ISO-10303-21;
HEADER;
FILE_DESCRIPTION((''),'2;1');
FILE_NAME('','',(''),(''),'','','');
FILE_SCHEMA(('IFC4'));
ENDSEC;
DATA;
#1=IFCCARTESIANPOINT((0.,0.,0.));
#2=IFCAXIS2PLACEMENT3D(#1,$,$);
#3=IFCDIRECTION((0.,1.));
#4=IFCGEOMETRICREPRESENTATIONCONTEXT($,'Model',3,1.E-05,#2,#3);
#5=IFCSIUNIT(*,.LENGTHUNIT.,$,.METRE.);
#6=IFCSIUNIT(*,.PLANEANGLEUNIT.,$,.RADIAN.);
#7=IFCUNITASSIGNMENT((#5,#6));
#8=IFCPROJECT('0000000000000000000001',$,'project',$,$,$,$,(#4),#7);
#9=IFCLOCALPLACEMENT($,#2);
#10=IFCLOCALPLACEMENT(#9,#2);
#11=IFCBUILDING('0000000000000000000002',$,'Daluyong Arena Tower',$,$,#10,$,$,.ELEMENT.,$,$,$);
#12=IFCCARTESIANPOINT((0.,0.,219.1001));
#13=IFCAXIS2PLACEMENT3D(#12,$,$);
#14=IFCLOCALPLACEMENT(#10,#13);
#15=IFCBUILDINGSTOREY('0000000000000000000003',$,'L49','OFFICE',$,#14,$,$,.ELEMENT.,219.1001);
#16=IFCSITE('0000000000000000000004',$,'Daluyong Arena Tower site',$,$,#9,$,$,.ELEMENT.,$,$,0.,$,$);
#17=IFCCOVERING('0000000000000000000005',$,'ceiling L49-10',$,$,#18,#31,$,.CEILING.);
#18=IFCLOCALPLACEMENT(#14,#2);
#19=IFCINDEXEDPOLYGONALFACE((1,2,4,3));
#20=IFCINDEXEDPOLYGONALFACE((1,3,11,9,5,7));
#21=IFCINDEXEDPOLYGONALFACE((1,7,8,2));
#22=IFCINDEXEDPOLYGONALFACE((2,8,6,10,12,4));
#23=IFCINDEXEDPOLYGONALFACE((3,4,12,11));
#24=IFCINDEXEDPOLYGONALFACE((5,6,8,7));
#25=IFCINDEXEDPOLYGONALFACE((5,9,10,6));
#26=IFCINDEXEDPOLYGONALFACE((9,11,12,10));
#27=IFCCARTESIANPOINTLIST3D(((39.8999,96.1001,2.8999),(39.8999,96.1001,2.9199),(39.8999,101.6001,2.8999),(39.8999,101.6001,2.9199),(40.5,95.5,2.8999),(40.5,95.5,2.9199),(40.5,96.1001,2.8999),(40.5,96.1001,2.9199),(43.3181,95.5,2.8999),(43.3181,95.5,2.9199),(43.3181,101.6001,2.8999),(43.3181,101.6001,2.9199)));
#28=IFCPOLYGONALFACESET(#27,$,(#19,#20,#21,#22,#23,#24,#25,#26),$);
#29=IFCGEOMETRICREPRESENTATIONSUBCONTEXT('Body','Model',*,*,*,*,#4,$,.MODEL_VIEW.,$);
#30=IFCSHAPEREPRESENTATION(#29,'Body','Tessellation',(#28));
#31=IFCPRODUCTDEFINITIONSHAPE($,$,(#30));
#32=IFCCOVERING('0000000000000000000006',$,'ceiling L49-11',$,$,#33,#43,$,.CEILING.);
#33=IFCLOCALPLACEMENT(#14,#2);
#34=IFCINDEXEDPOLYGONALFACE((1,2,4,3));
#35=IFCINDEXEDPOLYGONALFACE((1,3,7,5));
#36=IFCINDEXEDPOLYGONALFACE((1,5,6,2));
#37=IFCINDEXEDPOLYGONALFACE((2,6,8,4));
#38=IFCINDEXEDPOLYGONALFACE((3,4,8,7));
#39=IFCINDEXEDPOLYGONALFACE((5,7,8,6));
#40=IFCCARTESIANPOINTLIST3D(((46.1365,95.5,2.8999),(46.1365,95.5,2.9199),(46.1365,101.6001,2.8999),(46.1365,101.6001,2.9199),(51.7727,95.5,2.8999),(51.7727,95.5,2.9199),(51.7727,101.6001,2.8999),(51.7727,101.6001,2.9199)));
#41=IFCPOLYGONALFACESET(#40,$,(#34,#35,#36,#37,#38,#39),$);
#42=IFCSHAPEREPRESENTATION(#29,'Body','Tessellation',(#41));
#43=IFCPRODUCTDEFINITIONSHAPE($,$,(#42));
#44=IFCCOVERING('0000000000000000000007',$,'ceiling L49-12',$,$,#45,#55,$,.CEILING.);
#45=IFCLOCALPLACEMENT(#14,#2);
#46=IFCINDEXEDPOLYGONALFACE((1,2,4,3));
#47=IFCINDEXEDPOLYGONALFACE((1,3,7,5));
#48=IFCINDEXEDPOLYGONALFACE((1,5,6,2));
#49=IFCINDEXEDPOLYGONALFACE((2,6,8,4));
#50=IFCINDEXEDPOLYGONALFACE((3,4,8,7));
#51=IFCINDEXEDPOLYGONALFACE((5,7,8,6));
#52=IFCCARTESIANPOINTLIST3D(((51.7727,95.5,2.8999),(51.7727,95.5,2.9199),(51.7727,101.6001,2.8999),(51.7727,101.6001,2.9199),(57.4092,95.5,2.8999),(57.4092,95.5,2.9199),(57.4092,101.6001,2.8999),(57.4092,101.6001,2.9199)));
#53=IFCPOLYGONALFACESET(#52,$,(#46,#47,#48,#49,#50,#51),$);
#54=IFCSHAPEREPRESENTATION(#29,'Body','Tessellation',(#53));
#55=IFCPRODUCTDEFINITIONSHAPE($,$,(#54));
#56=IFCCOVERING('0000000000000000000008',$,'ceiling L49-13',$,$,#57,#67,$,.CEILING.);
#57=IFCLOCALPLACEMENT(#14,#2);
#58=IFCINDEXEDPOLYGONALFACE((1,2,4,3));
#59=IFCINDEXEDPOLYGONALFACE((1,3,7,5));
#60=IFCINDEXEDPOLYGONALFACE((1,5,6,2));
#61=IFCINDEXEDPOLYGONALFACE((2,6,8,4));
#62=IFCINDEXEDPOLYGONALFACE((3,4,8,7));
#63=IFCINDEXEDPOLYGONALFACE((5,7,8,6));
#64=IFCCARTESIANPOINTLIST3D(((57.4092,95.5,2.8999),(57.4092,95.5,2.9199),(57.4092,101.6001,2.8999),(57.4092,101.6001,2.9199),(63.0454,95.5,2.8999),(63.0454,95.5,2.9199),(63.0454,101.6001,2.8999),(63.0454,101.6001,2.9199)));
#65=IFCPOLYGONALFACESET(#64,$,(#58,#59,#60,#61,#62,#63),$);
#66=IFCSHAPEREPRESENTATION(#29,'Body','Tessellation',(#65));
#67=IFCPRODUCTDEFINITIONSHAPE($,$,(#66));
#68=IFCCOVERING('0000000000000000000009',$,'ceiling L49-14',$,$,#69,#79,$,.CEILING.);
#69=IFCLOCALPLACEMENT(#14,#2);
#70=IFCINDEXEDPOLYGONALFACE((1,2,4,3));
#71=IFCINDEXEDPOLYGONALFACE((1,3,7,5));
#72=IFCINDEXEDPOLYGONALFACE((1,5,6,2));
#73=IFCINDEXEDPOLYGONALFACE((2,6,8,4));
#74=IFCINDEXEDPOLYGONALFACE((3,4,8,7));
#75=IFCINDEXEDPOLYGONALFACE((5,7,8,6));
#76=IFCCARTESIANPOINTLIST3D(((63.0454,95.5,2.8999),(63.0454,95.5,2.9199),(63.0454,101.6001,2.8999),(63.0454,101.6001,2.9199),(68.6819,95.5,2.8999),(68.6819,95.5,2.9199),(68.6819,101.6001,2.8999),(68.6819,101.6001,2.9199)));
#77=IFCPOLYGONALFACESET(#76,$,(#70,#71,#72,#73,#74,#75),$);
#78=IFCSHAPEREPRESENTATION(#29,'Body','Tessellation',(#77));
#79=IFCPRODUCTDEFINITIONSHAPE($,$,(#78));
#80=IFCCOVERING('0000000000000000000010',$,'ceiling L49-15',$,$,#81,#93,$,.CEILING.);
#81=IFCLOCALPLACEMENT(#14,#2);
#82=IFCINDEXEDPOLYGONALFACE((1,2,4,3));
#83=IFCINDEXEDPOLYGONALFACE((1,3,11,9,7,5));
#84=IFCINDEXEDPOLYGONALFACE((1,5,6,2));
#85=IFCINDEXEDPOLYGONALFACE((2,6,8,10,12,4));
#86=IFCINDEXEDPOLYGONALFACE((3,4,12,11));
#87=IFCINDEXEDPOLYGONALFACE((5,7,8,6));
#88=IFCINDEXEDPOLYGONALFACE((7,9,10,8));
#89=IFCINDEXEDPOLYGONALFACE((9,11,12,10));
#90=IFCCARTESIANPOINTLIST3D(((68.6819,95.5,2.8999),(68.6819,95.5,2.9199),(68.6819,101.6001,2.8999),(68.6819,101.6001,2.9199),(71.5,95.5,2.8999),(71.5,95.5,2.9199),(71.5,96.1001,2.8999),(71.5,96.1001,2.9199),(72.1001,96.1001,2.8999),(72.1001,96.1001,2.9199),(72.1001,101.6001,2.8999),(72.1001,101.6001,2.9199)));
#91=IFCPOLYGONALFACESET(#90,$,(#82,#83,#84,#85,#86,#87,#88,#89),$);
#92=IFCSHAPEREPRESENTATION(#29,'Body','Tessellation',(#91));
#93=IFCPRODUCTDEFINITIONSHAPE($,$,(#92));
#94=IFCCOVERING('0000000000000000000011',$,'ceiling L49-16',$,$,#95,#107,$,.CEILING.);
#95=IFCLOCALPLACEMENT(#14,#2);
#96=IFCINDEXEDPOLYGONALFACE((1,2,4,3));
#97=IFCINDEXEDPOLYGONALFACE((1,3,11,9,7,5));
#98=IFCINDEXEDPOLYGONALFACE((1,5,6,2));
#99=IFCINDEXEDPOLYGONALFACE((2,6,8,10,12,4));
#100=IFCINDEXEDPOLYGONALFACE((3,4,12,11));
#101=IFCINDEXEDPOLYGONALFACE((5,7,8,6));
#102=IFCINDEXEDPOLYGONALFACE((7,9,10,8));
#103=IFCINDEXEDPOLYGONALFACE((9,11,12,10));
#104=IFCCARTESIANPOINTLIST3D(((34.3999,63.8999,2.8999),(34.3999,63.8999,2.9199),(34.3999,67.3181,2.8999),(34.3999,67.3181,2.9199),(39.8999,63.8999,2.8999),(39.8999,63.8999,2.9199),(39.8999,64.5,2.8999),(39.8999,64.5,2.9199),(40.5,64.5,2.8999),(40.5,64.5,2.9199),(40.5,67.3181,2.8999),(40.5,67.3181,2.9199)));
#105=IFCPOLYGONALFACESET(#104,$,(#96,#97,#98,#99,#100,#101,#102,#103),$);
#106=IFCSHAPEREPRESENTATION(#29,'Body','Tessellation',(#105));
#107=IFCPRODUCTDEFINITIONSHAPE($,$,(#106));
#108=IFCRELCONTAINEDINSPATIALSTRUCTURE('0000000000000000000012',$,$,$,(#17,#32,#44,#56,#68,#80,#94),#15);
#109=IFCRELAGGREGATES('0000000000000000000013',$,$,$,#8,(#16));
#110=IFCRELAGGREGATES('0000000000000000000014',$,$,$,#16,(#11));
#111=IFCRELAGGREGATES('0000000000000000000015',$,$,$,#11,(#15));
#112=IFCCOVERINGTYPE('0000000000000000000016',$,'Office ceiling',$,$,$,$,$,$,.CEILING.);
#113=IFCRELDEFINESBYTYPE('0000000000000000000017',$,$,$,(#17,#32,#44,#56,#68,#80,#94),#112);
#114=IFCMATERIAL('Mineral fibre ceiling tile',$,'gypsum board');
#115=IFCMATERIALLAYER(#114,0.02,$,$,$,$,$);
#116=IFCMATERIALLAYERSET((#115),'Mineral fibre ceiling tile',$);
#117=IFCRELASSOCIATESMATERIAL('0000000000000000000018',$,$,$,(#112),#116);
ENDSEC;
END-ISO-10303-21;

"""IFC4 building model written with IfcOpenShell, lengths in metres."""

from ifc_helpers import new_model, si_unit, direction, frame, origin, place, context, subcontext, project, spatial, polyline, outline, extrude, material, layer, layer_set, type_object, element, save


model = new_model("IFC4")

# Units and contexts
model_context = context("Model", 3, precision=1e-05, world=origin(), true_north=direction((0.0, 1.0)))
body_context = subcontext(model_context, "Body", "Model", "MODEL_VIEW")
ifc_project = project(units=[si_unit("LENGTHUNIT", "METRE"), si_unit("PLANEANGLEUNIT", "RADIAN")], contexts=[model_context])

# Site, building, storey
site_placement = place(None, origin())
site = spatial("IfcSite", under=ifc_project, at=site_placement, Name="Daluyong Arena Tower site", CompositionType="ELEMENT", RefElevation=0.0)
building_placement = place(site_placement, origin())
building = spatial("IfcBuilding", under=site, at=building_placement, Name="Daluyong Arena Tower", CompositionType="ELEMENT")
storey_placement = place(building_placement, frame((0.0, 0.0, 219.1001)))
storey = spatial("IfcBuildingStorey", under=building, at=storey_placement, Name="L49", Description="OFFICE", CompositionType="ELEMENT", Elevation=219.1001)

# Coverings
ifc_material_1 = material(Name="Mineral fibre ceiling tile", Category="gypsum board")
ifc_layer_1 = layer(ifc_material_1, 0.02)
ifc_layer_set_1 = layer_set([ifc_layer_1], Name="Mineral fibre ceiling tile")
covering_type = type_object("IfcCoveringType", Name="Office ceiling", PredefinedType="CEILING", material=ifc_layer_set_1)
covering_1_placement = place(storey_placement, frame((0.0, 0.0, 2.8999)))
element("IfcCovering", 1, at=covering_1_placement, inside=storey, type_object=covering_type, Name="ceiling L49-10", PredefinedType="CEILING", context=body_context, shape_type="SweptSolid", body=[
    extrude(outline(polyline([(43.3181, 95.5), (43.3181, 101.6001), (39.8999, 101.6001), (39.8999, 96.1001), (40.5, 96.1001), (40.5, 95.5), (43.3181, 95.5)])), origin(), (0.0, 0.0, 1.0), 0.02),
])
covering_2_placement = place(storey_placement, frame((0.0, 0.0, 2.8999)))
element("IfcCovering", 2, at=covering_2_placement, inside=storey, type_object=covering_type, Name="ceiling L49-11", PredefinedType="CEILING", context=body_context, shape_type="SweptSolid", body=[
    extrude(outline(polyline([(51.7727, 95.5), (51.7727, 101.6001), (46.1365, 101.6001), (46.1365, 95.5), (51.7727, 95.5)])), origin(), (0.0, 0.0, 1.0), 0.02),
])
covering_3_placement = place(storey_placement, frame((0.0, 0.0, 2.8999)))
element("IfcCovering", 3, at=covering_3_placement, inside=storey, type_object=covering_type, Name="ceiling L49-12", PredefinedType="CEILING", context=body_context, shape_type="SweptSolid", body=[
    extrude(outline(polyline([(57.4092, 95.5), (57.4092, 101.6001), (51.7727, 101.6001), (51.7727, 95.5), (57.4092, 95.5)])), origin(), (0.0, 0.0, 1.0), 0.02),
])
covering_4_placement = place(storey_placement, frame((0.0, 0.0, 2.8999)))
element("IfcCovering", 4, at=covering_4_placement, inside=storey, type_object=covering_type, Name="ceiling L49-13", PredefinedType="CEILING", context=body_context, shape_type="SweptSolid", body=[
    extrude(outline(polyline([(63.0454, 95.5), (63.0454, 101.6001), (57.4092, 101.6001), (57.4092, 95.5), (63.0454, 95.5)])), origin(), (0.0, 0.0, 1.0), 0.02),
])
covering_5_placement = place(storey_placement, frame((0.0, 0.0, 2.8999)))
element("IfcCovering", 5, at=covering_5_placement, inside=storey, type_object=covering_type, Name="ceiling L49-14", PredefinedType="CEILING", context=body_context, shape_type="SweptSolid", body=[
    extrude(outline(polyline([(68.6819, 95.5), (68.6819, 101.6001), (63.0454, 101.6001), (63.0454, 95.5), (68.6819, 95.5)])), origin(), (0.0, 0.0, 1.0), 0.02),
])
covering_6_placement = place(storey_placement, frame((0.0, 0.0, 2.8999)))
element("IfcCovering", 6, at=covering_6_placement, inside=storey, type_object=covering_type, Name="ceiling L49-15", PredefinedType="CEILING", context=body_context, shape_type="SweptSolid", body=[
    extrude(outline(polyline([(68.6819, 95.5), (71.5, 95.5), (71.5, 96.1001), (72.1001, 96.1001), (72.1001, 101.6001), (68.6819, 101.6001), (68.6819, 95.5)])), origin(), (0.0, 0.0, 1.0), 0.02),
])
covering_7_placement = place(storey_placement, frame((0.0, 0.0, 2.8999)))
element("IfcCovering", 7, at=covering_7_placement, inside=storey, type_object=covering_type, Name="ceiling L49-16", PredefinedType="CEILING", context=body_context, shape_type="SweptSolid", body=[
    extrude(outline(polyline([(34.3999, 63.8999), (39.8999, 63.8999), (39.8999, 64.5), (40.5, 64.5), (40.5, 67.3181), (34.3999, 67.3181), (34.3999, 63.8999)])), origin(), (0.0, 0.0, 1.0), 0.02),
])

save(model, "model.ifc")
